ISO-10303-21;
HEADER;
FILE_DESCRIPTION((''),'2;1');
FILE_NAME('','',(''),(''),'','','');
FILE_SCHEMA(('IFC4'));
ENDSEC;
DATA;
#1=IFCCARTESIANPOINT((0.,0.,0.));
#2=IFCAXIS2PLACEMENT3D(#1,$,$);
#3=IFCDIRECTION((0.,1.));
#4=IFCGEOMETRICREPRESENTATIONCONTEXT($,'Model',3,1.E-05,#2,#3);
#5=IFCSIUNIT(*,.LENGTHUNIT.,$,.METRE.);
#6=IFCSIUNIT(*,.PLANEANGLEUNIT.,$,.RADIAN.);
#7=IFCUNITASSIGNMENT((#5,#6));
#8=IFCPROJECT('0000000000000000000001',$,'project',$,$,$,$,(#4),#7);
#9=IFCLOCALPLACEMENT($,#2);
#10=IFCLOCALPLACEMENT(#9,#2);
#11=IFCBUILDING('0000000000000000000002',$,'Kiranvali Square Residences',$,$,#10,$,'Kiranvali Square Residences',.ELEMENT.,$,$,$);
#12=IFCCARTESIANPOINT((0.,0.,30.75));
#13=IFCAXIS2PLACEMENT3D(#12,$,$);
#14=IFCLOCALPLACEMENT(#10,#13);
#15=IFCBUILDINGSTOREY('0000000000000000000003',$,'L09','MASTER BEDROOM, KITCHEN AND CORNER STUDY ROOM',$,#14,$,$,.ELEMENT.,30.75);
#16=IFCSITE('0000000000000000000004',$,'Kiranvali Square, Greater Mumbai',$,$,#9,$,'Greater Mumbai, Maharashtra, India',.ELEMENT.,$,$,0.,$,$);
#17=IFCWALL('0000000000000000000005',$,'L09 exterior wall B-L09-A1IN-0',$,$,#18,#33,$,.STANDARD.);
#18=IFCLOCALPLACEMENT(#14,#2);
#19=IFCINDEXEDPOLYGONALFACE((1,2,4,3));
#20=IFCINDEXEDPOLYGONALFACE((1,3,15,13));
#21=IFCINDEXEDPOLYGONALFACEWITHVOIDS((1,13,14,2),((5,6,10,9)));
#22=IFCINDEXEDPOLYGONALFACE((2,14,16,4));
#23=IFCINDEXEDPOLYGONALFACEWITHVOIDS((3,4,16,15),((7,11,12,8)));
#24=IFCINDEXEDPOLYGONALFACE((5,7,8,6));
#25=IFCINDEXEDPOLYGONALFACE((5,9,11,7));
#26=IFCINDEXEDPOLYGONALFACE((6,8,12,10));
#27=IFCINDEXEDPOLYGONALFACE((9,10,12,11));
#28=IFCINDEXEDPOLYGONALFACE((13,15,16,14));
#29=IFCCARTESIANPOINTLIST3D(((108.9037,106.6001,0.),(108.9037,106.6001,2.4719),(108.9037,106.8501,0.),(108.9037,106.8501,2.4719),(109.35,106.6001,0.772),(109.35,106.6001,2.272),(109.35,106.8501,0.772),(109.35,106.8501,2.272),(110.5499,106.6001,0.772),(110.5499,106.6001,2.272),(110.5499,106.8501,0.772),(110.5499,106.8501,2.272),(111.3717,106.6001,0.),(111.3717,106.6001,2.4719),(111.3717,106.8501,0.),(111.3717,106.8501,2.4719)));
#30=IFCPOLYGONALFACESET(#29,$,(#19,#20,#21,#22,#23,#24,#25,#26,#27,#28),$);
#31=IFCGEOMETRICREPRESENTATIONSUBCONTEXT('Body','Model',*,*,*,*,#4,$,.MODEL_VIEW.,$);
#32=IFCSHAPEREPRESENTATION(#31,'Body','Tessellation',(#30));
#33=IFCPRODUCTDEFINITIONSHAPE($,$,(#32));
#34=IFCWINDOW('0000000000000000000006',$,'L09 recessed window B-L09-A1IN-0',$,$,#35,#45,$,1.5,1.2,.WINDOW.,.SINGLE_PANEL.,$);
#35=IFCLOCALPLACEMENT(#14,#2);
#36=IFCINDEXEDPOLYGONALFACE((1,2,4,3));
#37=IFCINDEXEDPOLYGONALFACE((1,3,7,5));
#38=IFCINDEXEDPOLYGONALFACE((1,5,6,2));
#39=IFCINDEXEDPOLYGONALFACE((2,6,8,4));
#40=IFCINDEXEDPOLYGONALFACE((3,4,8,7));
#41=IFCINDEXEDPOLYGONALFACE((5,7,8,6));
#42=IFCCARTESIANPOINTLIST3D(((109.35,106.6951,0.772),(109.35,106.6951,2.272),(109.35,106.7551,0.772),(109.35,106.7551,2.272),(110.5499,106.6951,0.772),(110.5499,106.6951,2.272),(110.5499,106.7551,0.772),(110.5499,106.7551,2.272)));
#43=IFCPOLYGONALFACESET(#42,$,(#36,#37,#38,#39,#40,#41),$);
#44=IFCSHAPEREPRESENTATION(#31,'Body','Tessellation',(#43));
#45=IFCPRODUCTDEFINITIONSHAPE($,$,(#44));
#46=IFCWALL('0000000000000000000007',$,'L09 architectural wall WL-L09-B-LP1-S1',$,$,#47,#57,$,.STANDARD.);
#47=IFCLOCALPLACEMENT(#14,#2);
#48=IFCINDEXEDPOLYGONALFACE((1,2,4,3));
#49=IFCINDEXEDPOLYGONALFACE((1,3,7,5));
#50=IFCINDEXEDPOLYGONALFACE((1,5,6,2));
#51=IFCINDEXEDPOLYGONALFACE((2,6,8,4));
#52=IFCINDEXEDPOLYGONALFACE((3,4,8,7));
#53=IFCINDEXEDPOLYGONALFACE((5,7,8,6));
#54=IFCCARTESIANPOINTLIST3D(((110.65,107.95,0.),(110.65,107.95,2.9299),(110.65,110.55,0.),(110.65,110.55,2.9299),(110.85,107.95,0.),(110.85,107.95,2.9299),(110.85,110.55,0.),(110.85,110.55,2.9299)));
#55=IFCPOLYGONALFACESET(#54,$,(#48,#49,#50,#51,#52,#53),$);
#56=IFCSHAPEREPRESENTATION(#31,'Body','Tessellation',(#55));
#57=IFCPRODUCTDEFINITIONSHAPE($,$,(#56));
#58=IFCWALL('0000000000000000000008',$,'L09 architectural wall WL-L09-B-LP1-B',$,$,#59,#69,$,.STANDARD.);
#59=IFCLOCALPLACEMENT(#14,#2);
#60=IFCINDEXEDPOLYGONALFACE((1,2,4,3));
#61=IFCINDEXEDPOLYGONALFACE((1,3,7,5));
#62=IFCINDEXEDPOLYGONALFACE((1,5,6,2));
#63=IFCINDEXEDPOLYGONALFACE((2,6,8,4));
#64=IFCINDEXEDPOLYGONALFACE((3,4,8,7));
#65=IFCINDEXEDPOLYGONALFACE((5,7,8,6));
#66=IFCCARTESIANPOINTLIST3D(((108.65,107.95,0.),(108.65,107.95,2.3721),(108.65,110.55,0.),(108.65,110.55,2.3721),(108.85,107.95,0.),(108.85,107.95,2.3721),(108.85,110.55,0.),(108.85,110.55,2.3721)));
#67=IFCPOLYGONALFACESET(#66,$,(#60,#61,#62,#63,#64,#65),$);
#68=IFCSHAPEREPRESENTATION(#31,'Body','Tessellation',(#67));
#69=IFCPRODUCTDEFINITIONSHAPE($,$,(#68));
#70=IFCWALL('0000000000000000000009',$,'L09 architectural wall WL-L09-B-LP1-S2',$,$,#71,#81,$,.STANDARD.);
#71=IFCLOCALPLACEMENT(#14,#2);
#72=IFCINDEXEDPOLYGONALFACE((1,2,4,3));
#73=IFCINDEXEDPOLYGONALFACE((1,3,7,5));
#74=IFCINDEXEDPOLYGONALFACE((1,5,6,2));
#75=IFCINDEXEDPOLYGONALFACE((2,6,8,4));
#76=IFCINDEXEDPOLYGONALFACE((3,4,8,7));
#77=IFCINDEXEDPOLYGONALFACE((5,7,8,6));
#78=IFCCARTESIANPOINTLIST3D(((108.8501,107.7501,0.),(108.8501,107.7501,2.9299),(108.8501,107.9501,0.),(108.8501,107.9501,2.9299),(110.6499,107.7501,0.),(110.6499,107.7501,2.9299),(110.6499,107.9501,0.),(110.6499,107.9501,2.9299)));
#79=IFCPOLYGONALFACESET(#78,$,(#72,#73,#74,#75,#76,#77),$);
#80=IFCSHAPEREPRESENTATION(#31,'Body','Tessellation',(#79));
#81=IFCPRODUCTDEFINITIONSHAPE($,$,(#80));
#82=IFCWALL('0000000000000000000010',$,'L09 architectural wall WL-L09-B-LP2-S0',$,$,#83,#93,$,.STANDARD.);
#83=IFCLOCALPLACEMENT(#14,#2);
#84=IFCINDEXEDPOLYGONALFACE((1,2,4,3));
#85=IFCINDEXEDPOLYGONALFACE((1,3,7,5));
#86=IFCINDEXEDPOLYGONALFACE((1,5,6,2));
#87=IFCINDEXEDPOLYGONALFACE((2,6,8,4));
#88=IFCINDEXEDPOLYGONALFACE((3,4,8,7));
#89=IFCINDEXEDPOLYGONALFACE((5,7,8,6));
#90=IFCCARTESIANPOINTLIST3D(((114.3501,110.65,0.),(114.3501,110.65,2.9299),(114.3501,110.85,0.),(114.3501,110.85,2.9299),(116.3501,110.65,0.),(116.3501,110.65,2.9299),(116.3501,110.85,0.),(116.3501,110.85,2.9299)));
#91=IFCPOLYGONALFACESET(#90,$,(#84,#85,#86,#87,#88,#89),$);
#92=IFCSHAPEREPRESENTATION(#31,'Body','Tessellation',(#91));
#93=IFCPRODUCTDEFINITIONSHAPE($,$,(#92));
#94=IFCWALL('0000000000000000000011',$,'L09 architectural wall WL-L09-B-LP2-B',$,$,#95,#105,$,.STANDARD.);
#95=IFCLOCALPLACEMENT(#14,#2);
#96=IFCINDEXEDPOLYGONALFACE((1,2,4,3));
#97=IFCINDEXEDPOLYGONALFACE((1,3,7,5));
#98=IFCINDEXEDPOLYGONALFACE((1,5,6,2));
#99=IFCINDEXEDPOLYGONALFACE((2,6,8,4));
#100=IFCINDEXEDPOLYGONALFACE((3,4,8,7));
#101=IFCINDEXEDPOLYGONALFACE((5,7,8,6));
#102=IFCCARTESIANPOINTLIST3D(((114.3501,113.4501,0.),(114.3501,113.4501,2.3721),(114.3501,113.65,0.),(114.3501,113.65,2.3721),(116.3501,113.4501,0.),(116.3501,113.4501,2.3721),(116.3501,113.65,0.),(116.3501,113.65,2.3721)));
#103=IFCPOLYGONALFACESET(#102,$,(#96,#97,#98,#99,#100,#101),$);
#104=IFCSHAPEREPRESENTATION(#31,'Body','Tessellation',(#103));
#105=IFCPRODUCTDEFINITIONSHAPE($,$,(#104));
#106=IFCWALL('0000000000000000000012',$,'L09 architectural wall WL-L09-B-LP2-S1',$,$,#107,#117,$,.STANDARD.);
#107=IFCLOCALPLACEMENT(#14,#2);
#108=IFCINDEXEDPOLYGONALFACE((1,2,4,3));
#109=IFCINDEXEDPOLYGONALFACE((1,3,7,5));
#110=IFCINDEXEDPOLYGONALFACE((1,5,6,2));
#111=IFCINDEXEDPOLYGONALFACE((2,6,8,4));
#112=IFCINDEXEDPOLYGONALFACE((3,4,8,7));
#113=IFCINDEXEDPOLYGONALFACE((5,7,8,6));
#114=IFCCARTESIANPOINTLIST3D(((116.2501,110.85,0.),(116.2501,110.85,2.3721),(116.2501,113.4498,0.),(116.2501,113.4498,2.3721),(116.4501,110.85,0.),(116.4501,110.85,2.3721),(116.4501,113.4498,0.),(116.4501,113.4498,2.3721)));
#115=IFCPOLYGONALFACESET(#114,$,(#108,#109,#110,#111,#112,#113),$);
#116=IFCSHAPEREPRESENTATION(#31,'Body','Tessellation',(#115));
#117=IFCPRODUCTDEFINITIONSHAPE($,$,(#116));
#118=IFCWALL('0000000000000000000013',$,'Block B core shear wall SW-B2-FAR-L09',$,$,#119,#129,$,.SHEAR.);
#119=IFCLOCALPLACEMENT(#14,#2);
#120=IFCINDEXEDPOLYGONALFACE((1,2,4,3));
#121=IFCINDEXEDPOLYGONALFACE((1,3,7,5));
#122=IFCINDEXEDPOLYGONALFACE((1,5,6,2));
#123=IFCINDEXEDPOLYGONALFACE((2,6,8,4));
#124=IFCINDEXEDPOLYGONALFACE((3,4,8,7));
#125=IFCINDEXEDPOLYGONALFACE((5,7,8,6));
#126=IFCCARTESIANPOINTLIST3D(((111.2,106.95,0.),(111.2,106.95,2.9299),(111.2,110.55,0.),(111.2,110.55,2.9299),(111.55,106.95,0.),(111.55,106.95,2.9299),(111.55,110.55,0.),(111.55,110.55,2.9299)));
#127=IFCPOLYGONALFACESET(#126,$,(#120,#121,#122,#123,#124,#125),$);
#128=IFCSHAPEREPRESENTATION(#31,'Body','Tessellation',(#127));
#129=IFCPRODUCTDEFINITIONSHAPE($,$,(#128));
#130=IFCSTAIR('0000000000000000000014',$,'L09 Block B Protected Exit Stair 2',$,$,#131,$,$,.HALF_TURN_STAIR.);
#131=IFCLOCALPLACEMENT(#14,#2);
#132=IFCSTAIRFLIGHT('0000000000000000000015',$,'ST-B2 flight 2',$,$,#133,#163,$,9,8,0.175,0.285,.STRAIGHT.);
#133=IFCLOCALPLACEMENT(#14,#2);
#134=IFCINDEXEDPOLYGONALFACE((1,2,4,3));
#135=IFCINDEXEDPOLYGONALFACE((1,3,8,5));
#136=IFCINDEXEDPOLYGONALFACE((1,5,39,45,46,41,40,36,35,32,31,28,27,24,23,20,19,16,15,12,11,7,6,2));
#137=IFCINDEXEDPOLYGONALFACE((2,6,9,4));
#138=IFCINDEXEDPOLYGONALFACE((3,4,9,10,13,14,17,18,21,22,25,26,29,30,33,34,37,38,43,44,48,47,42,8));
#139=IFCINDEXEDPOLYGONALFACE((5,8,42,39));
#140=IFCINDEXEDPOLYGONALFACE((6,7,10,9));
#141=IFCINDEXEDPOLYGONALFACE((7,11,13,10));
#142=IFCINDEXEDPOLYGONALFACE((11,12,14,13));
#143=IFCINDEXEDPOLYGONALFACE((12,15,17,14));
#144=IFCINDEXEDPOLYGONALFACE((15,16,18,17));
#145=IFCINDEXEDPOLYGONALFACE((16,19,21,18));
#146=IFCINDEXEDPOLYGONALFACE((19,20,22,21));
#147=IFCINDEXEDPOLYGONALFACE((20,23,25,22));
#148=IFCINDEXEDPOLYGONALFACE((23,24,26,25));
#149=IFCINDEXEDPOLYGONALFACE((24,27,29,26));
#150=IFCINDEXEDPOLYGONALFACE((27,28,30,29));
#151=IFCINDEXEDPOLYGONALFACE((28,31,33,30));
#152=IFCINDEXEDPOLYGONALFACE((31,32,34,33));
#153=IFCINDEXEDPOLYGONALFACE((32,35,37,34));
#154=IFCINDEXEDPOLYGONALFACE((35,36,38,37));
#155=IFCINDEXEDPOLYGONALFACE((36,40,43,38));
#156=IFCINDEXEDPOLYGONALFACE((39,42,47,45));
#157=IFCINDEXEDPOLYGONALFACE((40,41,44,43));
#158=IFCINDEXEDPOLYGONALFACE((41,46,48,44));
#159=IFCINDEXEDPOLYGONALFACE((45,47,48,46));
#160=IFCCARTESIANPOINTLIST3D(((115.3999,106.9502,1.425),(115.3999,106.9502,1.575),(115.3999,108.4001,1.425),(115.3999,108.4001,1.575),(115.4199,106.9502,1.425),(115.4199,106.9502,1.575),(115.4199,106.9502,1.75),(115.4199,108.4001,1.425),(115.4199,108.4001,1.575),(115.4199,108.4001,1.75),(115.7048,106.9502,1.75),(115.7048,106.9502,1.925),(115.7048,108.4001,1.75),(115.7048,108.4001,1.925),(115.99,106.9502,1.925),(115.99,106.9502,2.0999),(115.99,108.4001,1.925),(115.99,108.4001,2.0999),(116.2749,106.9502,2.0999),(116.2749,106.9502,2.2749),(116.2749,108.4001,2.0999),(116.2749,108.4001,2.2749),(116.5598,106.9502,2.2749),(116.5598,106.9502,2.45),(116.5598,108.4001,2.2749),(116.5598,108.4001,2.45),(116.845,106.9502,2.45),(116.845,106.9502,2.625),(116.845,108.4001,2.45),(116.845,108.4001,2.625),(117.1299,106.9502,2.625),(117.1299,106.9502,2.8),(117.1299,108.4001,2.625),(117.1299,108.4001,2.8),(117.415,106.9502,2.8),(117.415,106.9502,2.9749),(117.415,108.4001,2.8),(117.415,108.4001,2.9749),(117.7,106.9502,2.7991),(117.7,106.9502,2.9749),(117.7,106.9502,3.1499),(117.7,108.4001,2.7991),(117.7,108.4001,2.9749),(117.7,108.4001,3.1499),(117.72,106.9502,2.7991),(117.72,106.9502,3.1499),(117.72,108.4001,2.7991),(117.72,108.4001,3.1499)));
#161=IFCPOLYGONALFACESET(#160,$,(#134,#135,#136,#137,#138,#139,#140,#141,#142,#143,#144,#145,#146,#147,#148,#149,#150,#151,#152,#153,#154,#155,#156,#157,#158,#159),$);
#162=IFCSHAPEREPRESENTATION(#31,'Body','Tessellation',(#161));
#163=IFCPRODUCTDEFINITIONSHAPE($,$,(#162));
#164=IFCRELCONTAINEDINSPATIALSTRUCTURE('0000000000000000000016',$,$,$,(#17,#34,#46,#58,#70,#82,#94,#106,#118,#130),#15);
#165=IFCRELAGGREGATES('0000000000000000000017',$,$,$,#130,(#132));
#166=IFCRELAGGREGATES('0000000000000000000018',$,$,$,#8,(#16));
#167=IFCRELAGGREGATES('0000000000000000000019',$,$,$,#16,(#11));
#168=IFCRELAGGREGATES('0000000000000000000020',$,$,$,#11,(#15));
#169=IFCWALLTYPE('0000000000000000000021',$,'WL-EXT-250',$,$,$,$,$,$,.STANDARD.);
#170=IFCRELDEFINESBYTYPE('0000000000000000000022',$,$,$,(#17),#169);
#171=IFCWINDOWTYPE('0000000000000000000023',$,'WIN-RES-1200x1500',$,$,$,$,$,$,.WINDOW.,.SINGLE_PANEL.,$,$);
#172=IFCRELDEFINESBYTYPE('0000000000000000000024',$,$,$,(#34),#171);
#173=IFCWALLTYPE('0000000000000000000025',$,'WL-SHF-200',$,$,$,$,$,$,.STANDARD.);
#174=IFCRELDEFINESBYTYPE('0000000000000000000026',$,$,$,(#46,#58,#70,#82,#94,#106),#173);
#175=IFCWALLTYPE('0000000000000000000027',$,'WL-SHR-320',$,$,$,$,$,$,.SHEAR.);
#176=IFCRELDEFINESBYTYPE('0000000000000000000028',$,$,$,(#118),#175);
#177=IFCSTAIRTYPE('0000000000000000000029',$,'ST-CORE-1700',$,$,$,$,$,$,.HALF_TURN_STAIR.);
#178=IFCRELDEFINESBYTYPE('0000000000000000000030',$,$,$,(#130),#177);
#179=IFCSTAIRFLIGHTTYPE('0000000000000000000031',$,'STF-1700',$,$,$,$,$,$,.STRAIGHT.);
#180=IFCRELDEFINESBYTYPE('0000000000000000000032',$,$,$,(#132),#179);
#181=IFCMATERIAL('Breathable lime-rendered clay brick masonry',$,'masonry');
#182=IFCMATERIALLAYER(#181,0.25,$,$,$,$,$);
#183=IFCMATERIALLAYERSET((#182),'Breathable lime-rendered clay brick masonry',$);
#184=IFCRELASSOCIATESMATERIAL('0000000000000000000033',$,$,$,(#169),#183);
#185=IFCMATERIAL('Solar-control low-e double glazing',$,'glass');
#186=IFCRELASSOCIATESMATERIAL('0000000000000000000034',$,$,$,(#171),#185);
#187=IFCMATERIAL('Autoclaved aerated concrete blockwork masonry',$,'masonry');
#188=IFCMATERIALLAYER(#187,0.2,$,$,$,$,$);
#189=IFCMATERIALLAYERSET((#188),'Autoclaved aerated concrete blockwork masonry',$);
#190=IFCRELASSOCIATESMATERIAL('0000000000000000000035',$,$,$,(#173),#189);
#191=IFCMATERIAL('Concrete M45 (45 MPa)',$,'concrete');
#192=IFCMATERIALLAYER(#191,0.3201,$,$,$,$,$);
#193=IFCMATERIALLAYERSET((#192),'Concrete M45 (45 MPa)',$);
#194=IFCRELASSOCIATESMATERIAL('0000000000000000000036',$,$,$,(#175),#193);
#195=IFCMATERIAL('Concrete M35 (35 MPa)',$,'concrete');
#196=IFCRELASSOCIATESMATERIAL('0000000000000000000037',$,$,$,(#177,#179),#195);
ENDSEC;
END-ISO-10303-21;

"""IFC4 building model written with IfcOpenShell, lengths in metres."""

from ifc_helpers import new_model, si_unit, direction, frame, frame_2d, origin, place, context, subcontext, project, spatial, polyline, rectangle, outline, extrude, material, layer, layer_set, type_object, element, fill, aggregate, save


model = new_model("IFC4")

# Units and contexts
model_context = context("Model", 3, precision=1e-05, world=origin(), true_north=direction((0.0, 1.0)))
body_context = subcontext(model_context, "Body", "Model", "MODEL_VIEW")
ifc_project = project(units=[si_unit("LENGTHUNIT", "METRE"), si_unit("PLANEANGLEUNIT", "RADIAN")], contexts=[model_context])

# Site, building, storey
site_placement = place(None, origin())
site = spatial("IfcSite", under=ifc_project, at=site_placement, Name="Kiranvali Square, Greater Mumbai", LongName="Greater Mumbai, Maharashtra, India", CompositionType="ELEMENT", RefElevation=0.0)
building_placement = place(site_placement, origin())
building = spatial("IfcBuilding", under=site, at=building_placement, Name="Kiranvali Square Residences", LongName="Kiranvali Square Residences", CompositionType="ELEMENT")
storey_placement = place(building_placement, frame((0.0, 0.0, 30.75)))
storey = spatial("IfcBuildingStorey", under=building, at=storey_placement, Name="L09", Description="MASTER BEDROOM, KITCHEN AND CORNER STUDY ROOM", CompositionType="ELEMENT", Elevation=30.75)

# Shared definitions
ifc_material_1 = material(Name="Autoclaved aerated concrete blockwork masonry", Category="masonry")

# Wall, opening, window
ifc_material_2 = material(Name="Breathable lime-rendered clay brick masonry", Category="masonry")
ifc_layer_1 = layer(ifc_material_2, 0.25)
ifc_layer_set_1 = layer_set([ifc_layer_1], Name="Breathable lime-rendered clay brick masonry")
wall_type_1 = type_object("IfcWallType", Name="WL-EXT-250", PredefinedType="STANDARD", material=ifc_layer_set_1)
wall_1_placement = place(storey_placement, frame((111.3716, 106.7251, 0.0), z_axis=(0.0, 0.0, 1.0), x_axis=(-1.0, 0.0, 0.0)))
wall_1 = element("IfcWall", 1, at=wall_1_placement, inside=storey, type_object=wall_type_1, Name="L09 exterior wall B-L09-A1IN-0", PredefinedType="STANDARD", context=body_context, shape_type="SweptSolid", body=[
    extrude(rectangle(XDim=2.468, YDim=0.25, at=frame_2d((1.2339, 0.0))), origin(), (0.0, 0.0, 1.0), 2.4719),
])
opening_1_placement = place(wall_1_placement, frame((0.8215, 0.0, 0.772)))
opening_1 = element("IfcOpeningElement", 2, at=opening_1_placement, cuts=wall_1, PredefinedType="OPENING", context=body_context, shape_type="SweptSolid", body=[
    extrude(rectangle(XDim=1.2, YDim=1.5, at=frame_2d((0.6001, 0.75))), frame((0.0, 0.135, 0.0), z_axis=(0.0, -1.0, 0.0), x_axis=(1.0, 0.0, 0.0)), (0.0, 0.0, 1.0), 0.27),
])
ifc_material_3 = material(Name="Solar-control low-e double glazing", Category="glass")
window_type = type_object("IfcWindowType", Name="WIN-RES-1200x1500", PartitioningType="SINGLE_PANEL", PredefinedType="WINDOW", material=ifc_material_3)
window_placement = place(opening_1_placement, origin())
window = element("IfcWindow", 3, at=window_placement, inside=storey, type_object=window_type, Name="L09 recessed window B-L09-A1IN-0", OverallHeight=1.5, OverallWidth=1.2, PartitioningType="SINGLE_PANEL", PredefinedType="WINDOW", context=body_context, shape_type="SweptSolid", body=[
    extrude(rectangle(XDim=1.2, YDim=1.5, at=frame_2d((0.6001, 0.75))), frame((0.0, 0.03, 0.0), z_axis=(0.0, -1.0, 0.0), x_axis=(1.0, 0.0, 0.0)), (0.0, 0.0, 1.0), 0.0601),
])
fill(opening_1, window)

# Walls
ifc_layer_2 = layer(ifc_material_1, 0.2)
ifc_layer_set_2 = layer_set([ifc_layer_2], Name="Autoclaved aerated concrete blockwork masonry")
wall_type_2 = type_object("IfcWallType", Name="WL-SHF-200", PredefinedType="STANDARD", material=ifc_layer_set_2)
wall_2_placement = place(storey_placement, frame((110.75, 107.95, 0.0), z_axis=(0.0, 0.0, 1.0), x_axis=(0.0, 1.0, 0.0)))
element("IfcWall", 4, at=wall_2_placement, inside=storey, type_object=wall_type_2, Name="L09 architectural wall WL-L09-B-LP1-S1", PredefinedType="STANDARD", context=body_context, shape_type="SweptSolid", body=[
    extrude(rectangle(XDim=2.6001, YDim=0.2, at=frame_2d((1.3, 0.0))), origin(), (0.0, 0.0, 1.0), 2.9299),
])
wall_3_placement = place(storey_placement, frame((108.75, 107.95, 0.0), z_axis=(0.0, 0.0, 1.0), x_axis=(0.0, 1.0, 0.0)))
element("IfcWall", 5, at=wall_3_placement, inside=storey, type_object=wall_type_2, Name="L09 architectural wall WL-L09-B-LP1-B", PredefinedType="STANDARD", context=body_context, shape_type="SweptSolid", body=[
    extrude(rectangle(XDim=2.6001, YDim=0.2, at=frame_2d((1.3, 0.0))), origin(), (0.0, 0.0, 1.0), 2.3721),
])
wall_4_placement = place(storey_placement, frame((110.6499, 107.8501, 0.0), z_axis=(0.0, 0.0, 1.0), x_axis=(-1.0, 0.0, 0.0)))
element("IfcWall", 6, at=wall_4_placement, inside=storey, type_object=wall_type_2, Name="L09 architectural wall WL-L09-B-LP1-S2", PredefinedType="STANDARD", context=body_context, shape_type="SweptSolid", body=[
    extrude(rectangle(XDim=1.7998, YDim=0.2, at=frame_2d((0.8999, 0.0))), origin(), (0.0, 0.0, 1.0), 2.9299),
])

# Walls
wall_5_placement = place(storey_placement, frame((116.3501, 110.75, 0.0), z_axis=(0.0, 0.0, 1.0), x_axis=(-1.0, 0.0, 0.0)))
element("IfcWall", 7, at=wall_5_placement, inside=storey, type_object=wall_type_2, Name="L09 architectural wall WL-L09-B-LP2-S0", PredefinedType="STANDARD", context=body_context, shape_type="SweptSolid", body=[
    extrude(rectangle(XDim=2.0, YDim=0.2, at=frame_2d((1.0, 0.0))), origin(), (0.0, 0.0, 1.0), 2.9299),
])
wall_6_placement = place(storey_placement, frame((116.3501, 113.55, 0.0), z_axis=(0.0, 0.0, 1.0), x_axis=(-1.0, 0.0, 0.0)))
element("IfcWall", 8, at=wall_6_placement, inside=storey, type_object=wall_type_2, Name="L09 architectural wall WL-L09-B-LP2-B", PredefinedType="STANDARD", context=body_context, shape_type="SweptSolid", body=[
    extrude(rectangle(XDim=2.0, YDim=0.2, at=frame_2d((1.0, 0.0))), origin(), (0.0, 0.0, 1.0), 2.3721),
])
wall_7_placement = place(storey_placement, frame((116.3501, 110.8501, 0.0), z_axis=(0.0, 0.0, 1.0), x_axis=(0.0, 1.0, 0.0)))
element("IfcWall", 9, at=wall_7_placement, inside=storey, type_object=wall_type_2, Name="L09 architectural wall WL-L09-B-LP2-S1", PredefinedType="STANDARD", context=body_context, shape_type="SweptSolid", body=[
    extrude(rectangle(XDim=2.5999, YDim=0.2, at=frame_2d((1.2998, 0.0))), origin(), (0.0, 0.0, 1.0), 2.3721),
])

# Wall
ifc_material_4 = material(Name="Concrete M45 (45 MPa)", Category="concrete")
ifc_layer_3 = layer(ifc_material_4, 0.3201)
ifc_layer_set_3 = layer_set([ifc_layer_3], Name="Concrete M45 (45 MPa)")
wall_type_3 = type_object("IfcWallType", Name="WL-SHR-320", PredefinedType="SHEAR", material=ifc_layer_set_3)
wall_8_placement = place(storey_placement, frame((111.375, 106.95, 0.0), z_axis=(0.0, 0.0, 1.0), x_axis=(0.0, 1.0, 0.0)))
element("IfcWall", 10, at=wall_8_placement, inside=storey, type_object=wall_type_3, Name="Block B core shear wall SW-B2-FAR-L09", PredefinedType="SHEAR", context=body_context, shape_type="SweptSolid", body=[
    extrude(rectangle(XDim=3.6001, YDim=0.3501, at=frame_2d((1.8, 0.0))), origin(), (0.0, 0.0, 1.0), 2.9299),
])

# Stair, stair flight
ifc_material_5 = material(Name="Concrete M35 (35 MPa)", Category="concrete")
stair_type = type_object("IfcStairType", Name="ST-CORE-1700", PredefinedType="HALF_TURN_STAIR", material=ifc_material_5)
stair_placement = place(storey_placement, origin())
stair = element("IfcStair", 11, at=stair_placement, inside=storey, type_object=stair_type, Name="L09 Block B Protected Exit Stair 2", PredefinedType="HALF_TURN_STAIR")
stair_flight_type = type_object("IfcStairFlightType", Name="STF-1700", PredefinedType="STRAIGHT", material=ifc_material_5)
stair_flight_placement = place(storey_placement, frame((115.4199, 107.675, 1.575), z_axis=(0.0, 0.0, 1.0), x_axis=(1.0, 0.0, 0.0)))
stair_flight = element("IfcStairFlight", 12, at=stair_flight_placement, type_object=stair_flight_type, Name="ST-B2 flight 2", NumberOfRisers=9, NumberOfTreads=8, PredefinedType="STRAIGHT", RiserHeight=0.175, TreadLength=0.285, context=body_context, shape_type="SweptSolid", body=[
    extrude(outline(polyline([(-0.02, -0.1499), (-0.02, 0.0), (0.0, 0.0), (0.0, 0.175), (0.2849, 0.175), (0.2849, 0.3501), (0.5701, 0.3501), (0.5701, 0.5249), (0.855, 0.5249), (0.855, 0.7), (1.1399, 0.7), (1.1399, 0.875), (1.425, 0.875), (1.425, 1.05), (1.71, 1.05), (1.71, 1.2251), (1.9951, 1.2251), (1.9951, 1.3999), (2.28, 1.3999), (2.28, 1.575), (2.3, 1.575), (2.3, 1.2241), (2.28, 1.2241), (0.0, -0.1499), (-0.02, -0.1499)])), frame((0.0, 0.7251, 0.0), z_axis=(0.0, -1.0, 0.0), x_axis=(1.0, 0.0, 0.0)), (0.0, 0.0, 1.0), 1.45),
])
aggregate(stair, [stair_flight])

save(model, "model.ifc")
